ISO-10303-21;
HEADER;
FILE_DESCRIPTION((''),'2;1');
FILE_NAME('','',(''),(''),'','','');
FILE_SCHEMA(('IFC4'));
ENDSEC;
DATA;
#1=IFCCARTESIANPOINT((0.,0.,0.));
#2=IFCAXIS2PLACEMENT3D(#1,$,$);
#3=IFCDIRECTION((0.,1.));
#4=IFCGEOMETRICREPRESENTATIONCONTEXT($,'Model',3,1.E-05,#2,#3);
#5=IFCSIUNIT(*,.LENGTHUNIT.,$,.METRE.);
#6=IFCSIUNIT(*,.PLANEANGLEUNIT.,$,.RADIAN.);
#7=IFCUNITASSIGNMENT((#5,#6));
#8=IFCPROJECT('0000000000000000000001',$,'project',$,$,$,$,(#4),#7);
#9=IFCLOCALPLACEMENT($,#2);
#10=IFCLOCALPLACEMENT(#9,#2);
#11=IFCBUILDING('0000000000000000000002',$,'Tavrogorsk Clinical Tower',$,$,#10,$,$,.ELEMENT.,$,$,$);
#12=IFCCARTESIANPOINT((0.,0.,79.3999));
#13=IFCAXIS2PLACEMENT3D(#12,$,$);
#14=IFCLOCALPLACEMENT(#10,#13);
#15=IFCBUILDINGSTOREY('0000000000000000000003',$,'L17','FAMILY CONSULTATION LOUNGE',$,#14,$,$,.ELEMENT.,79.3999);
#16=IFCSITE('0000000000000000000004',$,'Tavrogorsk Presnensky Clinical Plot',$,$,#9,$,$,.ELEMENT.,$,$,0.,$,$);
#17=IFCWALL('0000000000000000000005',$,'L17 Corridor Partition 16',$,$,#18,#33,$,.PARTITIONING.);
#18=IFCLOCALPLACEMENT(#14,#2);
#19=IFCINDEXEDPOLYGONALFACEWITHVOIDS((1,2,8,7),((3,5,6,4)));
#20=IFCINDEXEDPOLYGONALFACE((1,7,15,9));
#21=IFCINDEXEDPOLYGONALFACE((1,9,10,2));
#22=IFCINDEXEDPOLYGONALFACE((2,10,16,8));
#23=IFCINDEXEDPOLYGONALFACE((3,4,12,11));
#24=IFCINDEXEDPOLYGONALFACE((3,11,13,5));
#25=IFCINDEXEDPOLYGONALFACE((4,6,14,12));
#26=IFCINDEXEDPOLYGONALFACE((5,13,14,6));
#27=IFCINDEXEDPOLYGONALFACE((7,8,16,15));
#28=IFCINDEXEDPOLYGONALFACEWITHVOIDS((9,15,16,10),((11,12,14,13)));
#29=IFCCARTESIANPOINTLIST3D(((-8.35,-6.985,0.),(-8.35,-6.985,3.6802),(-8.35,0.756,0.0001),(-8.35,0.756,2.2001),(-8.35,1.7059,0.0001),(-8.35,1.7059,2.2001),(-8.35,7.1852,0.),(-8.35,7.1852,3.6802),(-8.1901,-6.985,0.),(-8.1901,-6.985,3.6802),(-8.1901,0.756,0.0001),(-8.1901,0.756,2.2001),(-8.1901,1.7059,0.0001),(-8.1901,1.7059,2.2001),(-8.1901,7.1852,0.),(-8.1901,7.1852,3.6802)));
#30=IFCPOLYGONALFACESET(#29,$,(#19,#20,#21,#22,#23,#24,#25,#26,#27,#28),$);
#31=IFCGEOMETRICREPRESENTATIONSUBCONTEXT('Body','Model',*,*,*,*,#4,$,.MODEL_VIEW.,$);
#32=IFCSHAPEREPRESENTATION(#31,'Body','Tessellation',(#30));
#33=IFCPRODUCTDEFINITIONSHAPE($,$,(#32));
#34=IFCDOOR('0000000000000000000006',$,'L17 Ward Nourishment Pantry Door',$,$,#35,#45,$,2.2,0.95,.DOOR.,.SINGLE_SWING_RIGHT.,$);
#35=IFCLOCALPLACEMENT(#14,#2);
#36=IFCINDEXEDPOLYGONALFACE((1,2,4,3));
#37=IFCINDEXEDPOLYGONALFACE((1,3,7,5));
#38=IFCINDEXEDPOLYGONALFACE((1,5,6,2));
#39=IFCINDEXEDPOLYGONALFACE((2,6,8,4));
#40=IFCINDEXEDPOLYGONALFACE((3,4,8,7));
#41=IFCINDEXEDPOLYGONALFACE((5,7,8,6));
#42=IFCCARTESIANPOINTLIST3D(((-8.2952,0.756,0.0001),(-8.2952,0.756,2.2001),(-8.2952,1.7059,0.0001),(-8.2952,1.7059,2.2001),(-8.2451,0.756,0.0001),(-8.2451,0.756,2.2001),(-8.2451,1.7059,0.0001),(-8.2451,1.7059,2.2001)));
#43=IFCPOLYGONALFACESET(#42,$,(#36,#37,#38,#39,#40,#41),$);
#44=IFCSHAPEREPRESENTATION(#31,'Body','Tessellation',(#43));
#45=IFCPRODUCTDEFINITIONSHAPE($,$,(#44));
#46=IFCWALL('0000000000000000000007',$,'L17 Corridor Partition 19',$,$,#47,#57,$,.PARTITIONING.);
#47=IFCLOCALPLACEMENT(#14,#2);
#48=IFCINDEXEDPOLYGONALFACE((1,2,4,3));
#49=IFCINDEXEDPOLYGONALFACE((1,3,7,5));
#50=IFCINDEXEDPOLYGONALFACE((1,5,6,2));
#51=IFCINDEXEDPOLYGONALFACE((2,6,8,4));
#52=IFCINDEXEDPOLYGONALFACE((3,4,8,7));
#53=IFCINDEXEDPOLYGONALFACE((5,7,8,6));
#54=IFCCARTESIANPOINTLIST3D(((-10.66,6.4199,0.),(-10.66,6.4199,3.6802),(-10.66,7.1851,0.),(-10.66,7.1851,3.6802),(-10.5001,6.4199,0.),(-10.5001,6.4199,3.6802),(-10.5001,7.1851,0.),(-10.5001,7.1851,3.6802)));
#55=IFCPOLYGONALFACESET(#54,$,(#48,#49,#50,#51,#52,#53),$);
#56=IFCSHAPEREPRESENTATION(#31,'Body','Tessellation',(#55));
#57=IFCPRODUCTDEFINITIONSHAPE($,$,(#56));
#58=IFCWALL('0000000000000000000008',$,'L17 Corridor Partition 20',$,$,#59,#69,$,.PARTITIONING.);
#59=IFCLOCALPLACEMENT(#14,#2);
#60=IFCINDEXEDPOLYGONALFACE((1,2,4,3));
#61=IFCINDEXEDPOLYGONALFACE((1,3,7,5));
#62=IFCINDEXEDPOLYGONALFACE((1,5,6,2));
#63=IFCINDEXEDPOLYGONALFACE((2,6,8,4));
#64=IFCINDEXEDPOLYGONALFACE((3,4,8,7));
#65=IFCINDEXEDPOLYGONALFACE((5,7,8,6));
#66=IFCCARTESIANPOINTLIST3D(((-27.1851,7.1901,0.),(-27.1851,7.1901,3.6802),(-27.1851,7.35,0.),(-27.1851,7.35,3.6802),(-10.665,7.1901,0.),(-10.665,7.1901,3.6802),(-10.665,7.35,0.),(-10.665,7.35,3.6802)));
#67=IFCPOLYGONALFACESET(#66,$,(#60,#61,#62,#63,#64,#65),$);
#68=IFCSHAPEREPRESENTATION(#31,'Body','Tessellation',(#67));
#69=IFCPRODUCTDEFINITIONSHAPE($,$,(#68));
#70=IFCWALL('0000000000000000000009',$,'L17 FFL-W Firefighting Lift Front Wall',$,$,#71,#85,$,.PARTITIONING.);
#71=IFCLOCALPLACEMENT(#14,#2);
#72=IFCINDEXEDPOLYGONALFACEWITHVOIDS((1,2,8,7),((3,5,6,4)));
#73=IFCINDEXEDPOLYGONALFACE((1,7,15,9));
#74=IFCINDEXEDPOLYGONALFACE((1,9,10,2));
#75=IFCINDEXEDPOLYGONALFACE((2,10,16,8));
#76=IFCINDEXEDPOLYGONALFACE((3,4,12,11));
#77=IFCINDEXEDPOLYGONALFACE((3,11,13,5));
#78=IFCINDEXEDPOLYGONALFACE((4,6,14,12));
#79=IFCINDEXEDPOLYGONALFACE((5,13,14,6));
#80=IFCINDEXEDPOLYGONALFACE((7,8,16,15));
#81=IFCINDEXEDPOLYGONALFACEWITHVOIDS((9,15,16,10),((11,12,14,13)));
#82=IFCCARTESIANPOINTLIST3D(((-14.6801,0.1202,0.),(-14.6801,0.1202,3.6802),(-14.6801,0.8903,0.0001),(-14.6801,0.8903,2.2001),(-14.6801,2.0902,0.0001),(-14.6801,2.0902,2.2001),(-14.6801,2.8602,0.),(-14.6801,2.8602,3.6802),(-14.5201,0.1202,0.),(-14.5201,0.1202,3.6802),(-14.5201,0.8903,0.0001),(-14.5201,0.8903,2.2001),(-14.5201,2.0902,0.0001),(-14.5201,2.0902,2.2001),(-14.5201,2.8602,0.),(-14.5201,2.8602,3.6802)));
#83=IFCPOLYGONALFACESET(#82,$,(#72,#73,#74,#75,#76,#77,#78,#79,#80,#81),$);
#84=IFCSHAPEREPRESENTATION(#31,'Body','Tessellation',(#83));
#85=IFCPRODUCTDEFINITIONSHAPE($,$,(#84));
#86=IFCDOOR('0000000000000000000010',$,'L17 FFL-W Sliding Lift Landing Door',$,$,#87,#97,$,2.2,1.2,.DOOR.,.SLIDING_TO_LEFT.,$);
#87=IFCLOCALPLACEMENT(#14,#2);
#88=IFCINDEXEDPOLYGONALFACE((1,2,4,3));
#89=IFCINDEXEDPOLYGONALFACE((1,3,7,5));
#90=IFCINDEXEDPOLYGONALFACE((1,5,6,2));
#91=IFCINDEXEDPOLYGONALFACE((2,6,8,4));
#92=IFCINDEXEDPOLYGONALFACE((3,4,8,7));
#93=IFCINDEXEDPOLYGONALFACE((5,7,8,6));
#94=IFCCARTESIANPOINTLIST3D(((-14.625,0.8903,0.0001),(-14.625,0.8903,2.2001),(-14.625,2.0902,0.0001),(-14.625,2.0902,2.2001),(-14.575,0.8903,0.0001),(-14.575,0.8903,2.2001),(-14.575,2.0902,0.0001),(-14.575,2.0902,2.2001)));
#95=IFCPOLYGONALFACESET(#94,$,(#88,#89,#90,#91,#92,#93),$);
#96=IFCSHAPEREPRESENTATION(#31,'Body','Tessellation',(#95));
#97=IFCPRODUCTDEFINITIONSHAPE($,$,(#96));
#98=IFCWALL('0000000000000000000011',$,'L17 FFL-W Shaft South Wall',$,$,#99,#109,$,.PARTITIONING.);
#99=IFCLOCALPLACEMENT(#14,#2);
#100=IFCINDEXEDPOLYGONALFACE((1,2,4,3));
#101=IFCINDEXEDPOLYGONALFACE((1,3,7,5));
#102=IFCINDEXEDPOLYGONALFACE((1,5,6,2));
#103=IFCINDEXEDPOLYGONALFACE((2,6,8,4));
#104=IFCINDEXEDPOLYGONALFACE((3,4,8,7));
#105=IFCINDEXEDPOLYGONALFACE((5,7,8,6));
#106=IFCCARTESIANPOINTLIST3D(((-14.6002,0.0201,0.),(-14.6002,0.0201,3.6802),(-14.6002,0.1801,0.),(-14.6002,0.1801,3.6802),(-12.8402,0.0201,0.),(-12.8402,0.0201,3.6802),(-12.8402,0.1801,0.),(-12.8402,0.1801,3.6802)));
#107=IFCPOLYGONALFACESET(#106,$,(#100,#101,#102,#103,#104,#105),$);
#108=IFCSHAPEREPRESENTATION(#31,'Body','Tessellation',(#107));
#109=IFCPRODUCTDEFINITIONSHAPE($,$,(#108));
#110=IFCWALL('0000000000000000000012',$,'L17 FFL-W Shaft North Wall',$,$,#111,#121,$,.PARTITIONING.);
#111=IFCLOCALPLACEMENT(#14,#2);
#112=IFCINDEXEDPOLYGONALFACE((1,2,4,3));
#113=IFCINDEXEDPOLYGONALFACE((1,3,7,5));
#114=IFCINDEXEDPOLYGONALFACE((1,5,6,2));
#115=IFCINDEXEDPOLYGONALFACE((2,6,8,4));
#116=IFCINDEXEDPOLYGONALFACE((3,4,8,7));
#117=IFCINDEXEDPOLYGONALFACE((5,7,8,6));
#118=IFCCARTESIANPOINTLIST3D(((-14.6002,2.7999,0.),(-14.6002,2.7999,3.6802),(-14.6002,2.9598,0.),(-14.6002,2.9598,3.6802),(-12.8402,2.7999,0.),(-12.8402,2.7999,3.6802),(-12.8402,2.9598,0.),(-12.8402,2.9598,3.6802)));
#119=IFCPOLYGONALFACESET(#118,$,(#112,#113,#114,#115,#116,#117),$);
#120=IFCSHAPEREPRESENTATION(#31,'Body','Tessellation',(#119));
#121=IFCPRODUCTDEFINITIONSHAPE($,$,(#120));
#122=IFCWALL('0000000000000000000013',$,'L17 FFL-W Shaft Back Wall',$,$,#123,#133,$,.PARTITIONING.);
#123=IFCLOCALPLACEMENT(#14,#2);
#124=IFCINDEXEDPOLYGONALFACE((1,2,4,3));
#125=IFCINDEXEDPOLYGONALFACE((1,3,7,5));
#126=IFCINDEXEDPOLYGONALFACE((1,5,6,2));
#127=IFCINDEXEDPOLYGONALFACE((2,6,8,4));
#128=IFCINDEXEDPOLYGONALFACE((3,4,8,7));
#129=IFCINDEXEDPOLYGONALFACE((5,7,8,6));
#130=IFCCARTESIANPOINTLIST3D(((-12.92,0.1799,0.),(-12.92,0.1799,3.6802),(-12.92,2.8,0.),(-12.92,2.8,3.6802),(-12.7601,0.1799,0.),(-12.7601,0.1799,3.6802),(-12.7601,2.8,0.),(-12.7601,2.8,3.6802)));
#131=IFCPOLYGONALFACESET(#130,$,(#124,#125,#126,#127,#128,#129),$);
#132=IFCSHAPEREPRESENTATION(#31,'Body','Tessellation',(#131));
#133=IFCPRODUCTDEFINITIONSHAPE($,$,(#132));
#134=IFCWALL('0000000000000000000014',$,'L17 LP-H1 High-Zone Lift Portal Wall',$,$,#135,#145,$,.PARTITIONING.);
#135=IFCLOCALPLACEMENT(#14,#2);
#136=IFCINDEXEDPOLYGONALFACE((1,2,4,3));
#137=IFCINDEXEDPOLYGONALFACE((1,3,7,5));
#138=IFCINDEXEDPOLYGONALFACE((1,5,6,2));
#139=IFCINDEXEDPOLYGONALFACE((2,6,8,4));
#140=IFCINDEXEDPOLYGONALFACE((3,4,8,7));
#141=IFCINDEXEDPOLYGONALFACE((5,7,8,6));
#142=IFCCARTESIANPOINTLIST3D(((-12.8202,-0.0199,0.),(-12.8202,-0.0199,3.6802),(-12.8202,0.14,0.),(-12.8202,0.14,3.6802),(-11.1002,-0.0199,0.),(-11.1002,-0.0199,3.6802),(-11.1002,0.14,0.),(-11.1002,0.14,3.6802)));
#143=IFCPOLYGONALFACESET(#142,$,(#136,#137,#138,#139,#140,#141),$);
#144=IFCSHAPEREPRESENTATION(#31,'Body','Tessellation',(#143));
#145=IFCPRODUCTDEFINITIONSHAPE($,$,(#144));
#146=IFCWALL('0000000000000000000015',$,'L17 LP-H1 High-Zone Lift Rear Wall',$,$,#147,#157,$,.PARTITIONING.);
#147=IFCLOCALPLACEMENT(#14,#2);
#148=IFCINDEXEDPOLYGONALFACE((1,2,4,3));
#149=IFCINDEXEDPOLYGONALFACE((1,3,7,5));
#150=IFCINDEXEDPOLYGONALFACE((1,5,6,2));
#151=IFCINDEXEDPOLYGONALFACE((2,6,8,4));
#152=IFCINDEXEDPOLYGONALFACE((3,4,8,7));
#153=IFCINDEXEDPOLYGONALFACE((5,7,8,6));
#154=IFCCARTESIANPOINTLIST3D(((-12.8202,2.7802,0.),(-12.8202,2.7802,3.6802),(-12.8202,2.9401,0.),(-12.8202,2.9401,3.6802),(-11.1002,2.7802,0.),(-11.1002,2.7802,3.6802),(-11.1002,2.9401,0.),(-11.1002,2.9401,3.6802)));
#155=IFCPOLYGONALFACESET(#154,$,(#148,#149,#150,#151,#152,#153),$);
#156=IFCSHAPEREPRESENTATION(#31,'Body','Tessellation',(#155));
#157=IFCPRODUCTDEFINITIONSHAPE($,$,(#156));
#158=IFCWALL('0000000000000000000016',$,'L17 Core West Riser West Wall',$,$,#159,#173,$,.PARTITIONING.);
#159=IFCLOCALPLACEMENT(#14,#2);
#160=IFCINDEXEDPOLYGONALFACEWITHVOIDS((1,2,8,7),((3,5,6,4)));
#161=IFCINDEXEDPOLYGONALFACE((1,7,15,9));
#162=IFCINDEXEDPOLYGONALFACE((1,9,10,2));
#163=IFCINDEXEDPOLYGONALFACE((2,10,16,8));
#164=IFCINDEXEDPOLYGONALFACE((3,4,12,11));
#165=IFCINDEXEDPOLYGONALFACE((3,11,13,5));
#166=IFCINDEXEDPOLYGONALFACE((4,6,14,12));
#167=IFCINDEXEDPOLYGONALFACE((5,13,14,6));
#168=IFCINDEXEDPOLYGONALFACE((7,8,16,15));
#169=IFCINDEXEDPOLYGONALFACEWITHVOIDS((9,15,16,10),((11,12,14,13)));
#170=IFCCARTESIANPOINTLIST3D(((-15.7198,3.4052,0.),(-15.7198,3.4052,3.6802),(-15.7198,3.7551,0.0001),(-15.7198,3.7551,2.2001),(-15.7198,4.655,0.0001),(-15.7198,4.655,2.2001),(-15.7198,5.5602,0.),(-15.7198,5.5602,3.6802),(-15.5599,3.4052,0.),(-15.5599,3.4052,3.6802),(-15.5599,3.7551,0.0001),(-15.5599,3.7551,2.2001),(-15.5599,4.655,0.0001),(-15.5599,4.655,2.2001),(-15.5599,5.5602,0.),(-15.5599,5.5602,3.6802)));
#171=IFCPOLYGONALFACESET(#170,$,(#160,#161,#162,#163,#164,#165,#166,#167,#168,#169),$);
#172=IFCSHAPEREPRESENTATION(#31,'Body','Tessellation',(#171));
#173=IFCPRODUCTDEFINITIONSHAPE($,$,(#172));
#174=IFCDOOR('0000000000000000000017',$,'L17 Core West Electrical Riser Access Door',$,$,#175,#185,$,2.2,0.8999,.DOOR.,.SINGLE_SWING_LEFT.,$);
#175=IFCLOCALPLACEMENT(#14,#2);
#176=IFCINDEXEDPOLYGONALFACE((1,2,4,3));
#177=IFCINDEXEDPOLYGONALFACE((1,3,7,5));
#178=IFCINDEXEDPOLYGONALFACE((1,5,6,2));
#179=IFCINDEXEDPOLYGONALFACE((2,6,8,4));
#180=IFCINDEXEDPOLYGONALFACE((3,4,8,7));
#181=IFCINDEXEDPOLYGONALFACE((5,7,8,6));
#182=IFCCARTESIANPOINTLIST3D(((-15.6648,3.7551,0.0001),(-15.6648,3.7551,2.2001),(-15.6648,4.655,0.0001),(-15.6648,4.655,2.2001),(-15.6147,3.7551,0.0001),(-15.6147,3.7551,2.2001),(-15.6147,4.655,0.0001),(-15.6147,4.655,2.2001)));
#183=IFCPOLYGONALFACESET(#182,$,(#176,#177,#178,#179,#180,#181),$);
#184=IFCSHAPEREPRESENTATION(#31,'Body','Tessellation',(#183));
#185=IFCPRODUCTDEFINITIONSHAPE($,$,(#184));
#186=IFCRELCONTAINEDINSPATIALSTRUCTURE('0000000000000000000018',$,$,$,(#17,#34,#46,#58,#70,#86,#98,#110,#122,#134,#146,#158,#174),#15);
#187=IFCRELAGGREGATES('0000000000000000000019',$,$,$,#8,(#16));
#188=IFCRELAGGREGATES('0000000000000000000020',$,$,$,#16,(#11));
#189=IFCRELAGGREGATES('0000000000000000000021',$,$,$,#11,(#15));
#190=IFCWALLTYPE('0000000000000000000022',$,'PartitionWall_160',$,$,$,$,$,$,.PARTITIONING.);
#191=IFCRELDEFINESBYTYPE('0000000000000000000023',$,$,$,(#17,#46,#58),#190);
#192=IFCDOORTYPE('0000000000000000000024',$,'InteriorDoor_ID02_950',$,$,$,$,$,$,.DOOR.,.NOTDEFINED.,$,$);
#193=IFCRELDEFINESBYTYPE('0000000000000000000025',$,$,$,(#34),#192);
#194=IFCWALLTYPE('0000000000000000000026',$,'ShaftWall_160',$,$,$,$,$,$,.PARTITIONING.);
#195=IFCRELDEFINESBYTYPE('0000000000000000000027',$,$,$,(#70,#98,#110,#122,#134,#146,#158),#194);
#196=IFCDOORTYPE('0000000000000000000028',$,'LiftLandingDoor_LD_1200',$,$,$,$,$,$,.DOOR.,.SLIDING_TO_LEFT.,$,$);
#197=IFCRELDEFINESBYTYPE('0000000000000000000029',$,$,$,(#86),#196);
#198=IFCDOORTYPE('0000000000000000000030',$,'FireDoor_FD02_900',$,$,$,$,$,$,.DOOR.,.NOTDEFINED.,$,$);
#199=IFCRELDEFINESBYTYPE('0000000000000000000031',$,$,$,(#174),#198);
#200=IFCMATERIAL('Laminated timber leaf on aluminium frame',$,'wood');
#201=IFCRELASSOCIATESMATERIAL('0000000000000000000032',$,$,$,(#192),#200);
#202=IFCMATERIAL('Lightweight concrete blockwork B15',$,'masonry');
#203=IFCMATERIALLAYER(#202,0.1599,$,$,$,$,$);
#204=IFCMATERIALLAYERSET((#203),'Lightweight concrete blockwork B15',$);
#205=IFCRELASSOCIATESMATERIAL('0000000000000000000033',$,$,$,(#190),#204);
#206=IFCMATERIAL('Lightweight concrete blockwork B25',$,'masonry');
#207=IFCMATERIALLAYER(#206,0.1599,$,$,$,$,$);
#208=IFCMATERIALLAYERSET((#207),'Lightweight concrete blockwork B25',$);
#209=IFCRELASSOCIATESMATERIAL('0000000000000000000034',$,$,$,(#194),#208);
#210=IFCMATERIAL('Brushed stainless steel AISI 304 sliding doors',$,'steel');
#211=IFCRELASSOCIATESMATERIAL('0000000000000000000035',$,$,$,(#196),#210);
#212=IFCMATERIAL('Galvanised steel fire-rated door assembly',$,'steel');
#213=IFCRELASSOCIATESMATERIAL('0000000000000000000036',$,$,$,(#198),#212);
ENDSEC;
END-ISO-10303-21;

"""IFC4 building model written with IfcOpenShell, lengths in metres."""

from ifc_helpers import new_model, si_unit, direction, frame, frame_2d, origin, place, context, subcontext, project, spatial, rectangle, extrude, material, layer, layer_set, type_object, element, fill, save


model = new_model("IFC4")

# Units and contexts
model_context = context("Model", 3, precision=1e-05, world=origin(), true_north=direction((0.0, 1.0)))
body_context = subcontext(model_context, "Body", "Model", "MODEL_VIEW")
ifc_project = project(units=[si_unit("LENGTHUNIT", "METRE"), si_unit("PLANEANGLEUNIT", "RADIAN")], contexts=[model_context])

# Site, building, storey
site_placement = place(None, origin())
site = spatial("IfcSite", under=ifc_project, at=site_placement, Name="Tavrogorsk Presnensky Clinical Plot", CompositionType="ELEMENT", RefElevation=0.0)
building_placement = place(site_placement, origin())
building = spatial("IfcBuilding", under=site, at=building_placement, Name="Tavrogorsk Clinical Tower", CompositionType="ELEMENT")
storey_placement = place(building_placement, frame((0.0, 0.0, 79.3999)))
storey = spatial("IfcBuildingStorey", under=building, at=storey_placement, Name="L17", Description="FAMILY CONSULTATION LOUNGE", CompositionType="ELEMENT", Elevation=79.3999)

# Shared definitions
ifc_material_1 = material(Name="Laminated timber leaf on aluminium frame", Category="wood")
door_type_1 = type_object("IfcDoorType", Name="InteriorDoor_ID02_950", OperationType="NOTDEFINED", PredefinedType="DOOR", material=ifc_material_1)

# Wall, opening, door
ifc_material_2 = material(Name="Lightweight concrete blockwork B15", Category="masonry")
ifc_layer_1 = layer(ifc_material_2, 0.1599)
ifc_layer_set_1 = layer_set([ifc_layer_1], Name="Lightweight concrete blockwork B15")
wall_type_1 = type_object("IfcWallType", Name="PartitionWall_160", PredefinedType="PARTITIONING", material=ifc_layer_set_1)
wall_1_placement = place(storey_placement, frame((-8.27, 7.1851, 0.0), z_axis=(0.0, 0.0, 1.0), x_axis=(0.0, -1.0, 0.0)))
wall_1 = element("IfcWall", 1, at=wall_1_placement, inside=storey, type_object=wall_type_1, Name="L17 Corridor Partition 16", PredefinedType="PARTITIONING", context=body_context, shape_type="SweptSolid", body=[
    extrude(rectangle(XDim=14.1702, YDim=0.1599, at=frame_2d((7.085, 0.0))), origin(), (0.0, 0.0, 1.0), 3.6802),
])
opening_1_placement = place(wall_1_placement, frame((5.479, 0.0, 0.0)))
opening_1 = element("IfcOpeningElement", 2, at=opening_1_placement, cuts=wall_1, PredefinedType="OPENING", context=body_context, shape_type="SweptSolid", body=[
    extrude(rectangle(XDim=0.95, YDim=2.2, at=frame_2d((0.4751, 1.1001))), frame((0.0, 0.0898, 0.0), z_axis=(0.0, -1.0, 0.0), x_axis=(1.0, 0.0, 0.0)), (0.0, 0.0, 1.0), 0.1799),
])
door_1_placement = place(opening_1_placement, origin())
door_1 = element("IfcDoor", 3, at=door_1_placement, inside=storey, type_object=door_type_1, Name="L17 Ward Nourishment Pantry Door", OperationType="SINGLE_SWING_RIGHT", OverallHeight=2.2, OverallWidth=0.95, PredefinedType="DOOR", context=body_context, shape_type="SweptSolid", body=[
    extrude(rectangle(XDim=0.95, YDim=2.2, at=frame_2d((0.4751, 1.1001))), frame((0.0, 0.0249, 0.0), z_axis=(0.0, -1.0, 0.0), x_axis=(1.0, 0.0, 0.0)), (0.0, 0.0, 1.0), 0.05),
])
fill(opening_1, door_1)

# Walls
wall_2_placement = place(storey_placement, frame((-10.5801, 6.4199, 0.0), z_axis=(0.0, 0.0, 1.0), x_axis=(0.0, 1.0, 0.0)))
element("IfcWall", 4, at=wall_2_placement, inside=storey, type_object=wall_type_1, Name="L17 Corridor Partition 19", PredefinedType="PARTITIONING", context=body_context, shape_type="SweptSolid", body=[
    extrude(rectangle(XDim=0.7651, YDim=0.1599, at=frame_2d((0.3826, 0.0))), origin(), (0.0, 0.0, 1.0), 3.6802),
])
wall_3_placement = place(storey_placement, frame((-10.665, 7.27, 0.0), z_axis=(0.0, 0.0, 1.0), x_axis=(-1.0, 0.0, 0.0)))
element("IfcWall", 5, at=wall_3_placement, inside=storey, type_object=wall_type_1, Name="L17 Corridor Partition 20", PredefinedType="PARTITIONING", context=body_context, shape_type="SweptSolid", body=[
    extrude(rectangle(XDim=16.52, YDim=0.1599, at=frame_2d((8.26, 0.0))), origin(), (0.0, 0.0, 1.0), 3.6802),
])

# Wall, opening, door
ifc_material_3 = material(Name="Lightweight concrete blockwork B25", Category="masonry")
ifc_layer_2 = layer(ifc_material_3, 0.1599)
ifc_layer_set_2 = layer_set([ifc_layer_2], Name="Lightweight concrete blockwork B25")
wall_type_2 = type_object("IfcWallType", Name="ShaftWall_160", PredefinedType="PARTITIONING", material=ifc_layer_set_2)
wall_4_placement = place(storey_placement, frame((-14.6001, 0.1201, 0.0), z_axis=(0.0, 0.0, 1.0), x_axis=(0.0, 1.0, 0.0)))
wall_4 = element("IfcWall", 6, at=wall_4_placement, inside=storey, type_object=wall_type_2, Name="L17 FFL-W Firefighting Lift Front Wall", PredefinedType="PARTITIONING", context=body_context, shape_type="SweptSolid", body=[
    extrude(rectangle(XDim=2.74, YDim=0.1599, at=frame_2d((1.3701, 0.0))), origin(), (0.0, 0.0, 1.0), 3.6802),
])
opening_2_placement = place(wall_4_placement, frame((0.77, 0.0, 0.0)))
opening_2 = element("IfcOpeningElement", 7, at=opening_2_placement, cuts=wall_4, PredefinedType="OPENING", context=body_context, shape_type="SweptSolid", body=[
    extrude(rectangle(XDim=1.2, YDim=2.2, at=frame_2d((0.6001, 1.1001))), frame((0.0, 0.0898, 0.0), z_axis=(0.0, -1.0, 0.0), x_axis=(1.0, 0.0, 0.0)), (0.0, 0.0, 1.0), 0.1799),
])
ifc_material_4 = material(Name="Brushed stainless steel AISI 304 sliding doors", Category="steel")
door_type_2 = type_object("IfcDoorType", Name="LiftLandingDoor_LD_1200", OperationType="SLIDING_TO_LEFT", PredefinedType="DOOR", material=ifc_material_4)
door_2_placement = place(opening_2_placement, origin())
door_2 = element("IfcDoor", 8, at=door_2_placement, inside=storey, type_object=door_type_2, Name="L17 FFL-W Sliding Lift Landing Door", OperationType="SLIDING_TO_LEFT", OverallHeight=2.2, OverallWidth=1.2, PredefinedType="DOOR", context=body_context, shape_type="SweptSolid", body=[
    extrude(rectangle(XDim=1.2, YDim=2.2, at=frame_2d((0.6001, 1.1001))), frame((0.0, 0.0249, 0.0), z_axis=(0.0, -1.0, 0.0), x_axis=(1.0, 0.0, 0.0)), (0.0, 0.0, 1.0), 0.05),
])
fill(opening_2, door_2)

# Walls
for number, where, z_axis, x_axis, name in (
    (9, (-14.6001, 0.1001, 0.0), (0.0, 0.0, 1.0), (1.0, 0.0, 0.0), "L17 FFL-W Shaft South Wall"),
    (10, (-14.6001, 2.8799, 0.0), (0.0, 0.0, 1.0), (1.0, 0.0, 0.0), "L17 FFL-W Shaft North Wall"),
):
    element("IfcWall", number, at=place(storey_placement, frame(where, z_axis=z_axis, x_axis=x_axis)), inside=storey, type_object=wall_type_2, Name=name, PredefinedType="PARTITIONING", context=body_context, shape_type="SweptSolid", body=[
        extrude(rectangle(XDim=1.76, YDim=0.1599, at=frame_2d((0.8799, 0.0))), origin(), (0.0, 0.0, 1.0), 3.6802),
    ])
wall_5_placement = place(storey_placement, frame((-12.8401, 0.1799, 0.0), z_axis=(0.0, 0.0, 1.0), x_axis=(0.0, 1.0, 0.0)))
element("IfcWall", 11, at=wall_5_placement, inside=storey, type_object=wall_type_2, Name="L17 FFL-W Shaft Back Wall", PredefinedType="PARTITIONING", context=body_context, shape_type="SweptSolid", body=[
    extrude(rectangle(XDim=2.6201, YDim=0.1599, at=frame_2d((1.3101, 0.0))), origin(), (0.0, 0.0, 1.0), 3.6802),
])
for number, where, z_axis, x_axis, name in (
    (12, (-12.8201, 0.0601, 0.0), (0.0, 0.0, 1.0), (1.0, 0.0, 0.0), "L17 LP-H1 High-Zone Lift Portal Wall"),
    (13, (-12.8201, 2.8601, 0.0), (0.0, 0.0, 1.0), (1.0, 0.0, 0.0), "L17 LP-H1 High-Zone Lift Rear Wall"),
):
    element("IfcWall", number, at=place(storey_placement, frame(where, z_axis=z_axis, x_axis=x_axis)), inside=storey, type_object=wall_type_2, Name=name, PredefinedType="PARTITIONING", context=body_context, shape_type="SweptSolid", body=[
        extrude(rectangle(XDim=1.72, YDim=0.1599, at=frame_2d((0.8599, 0.0))), origin(), (0.0, 0.0, 1.0), 3.6802),
    ])

# Wall, opening, door
wall_6_placement = place(storey_placement, frame((-15.6399, 3.405, 0.0), z_axis=(0.0, 0.0, 1.0), x_axis=(0.0, 1.0, 0.0)))
wall_6 = element("IfcWall", 14, at=wall_6_placement, inside=storey, type_object=wall_type_2, Name="L17 Core West Riser West Wall", PredefinedType="PARTITIONING", context=body_context, shape_type="SweptSolid", body=[
    extrude(rectangle(XDim=2.155, YDim=0.1599, at=frame_2d((1.0776, 0.0))), origin(), (0.0, 0.0, 1.0), 3.6802),
])
opening_3_placement = place(wall_6_placement, frame((0.3501, 0.0, 0.0)))
opening_3 = element("IfcOpeningElement", 15, at=opening_3_placement, cuts=wall_6, PredefinedType="OPENING", context=body_context, shape_type="SweptSolid", body=[
    extrude(rectangle(XDim=0.8999, YDim=2.2, at=frame_2d((0.45, 1.1001))), frame((0.0, 0.0898, 0.0), z_axis=(0.0, -1.0, 0.0), x_axis=(1.0, 0.0, 0.0)), (0.0, 0.0, 1.0), 0.1799),
])
ifc_material_5 = material(Name="Galvanised steel fire-rated door assembly", Category="steel")
door_type_3 = type_object("IfcDoorType", Name="FireDoor_FD02_900", OperationType="NOTDEFINED", PredefinedType="DOOR", material=ifc_material_5)
door_3_placement = place(opening_3_placement, origin())
door_3 = element("IfcDoor", 16, at=door_3_placement, inside=storey, type_object=door_type_3, Name="L17 Core West Electrical Riser Access Door", OperationType="SINGLE_SWING_LEFT", OverallHeight=2.2, OverallWidth=0.8999, PredefinedType="DOOR", context=body_context, shape_type="SweptSolid", body=[
    extrude(rectangle(XDim=0.8999, YDim=2.2, at=frame_2d((0.45, 1.1001))), frame((0.0, 0.0249, 0.0), z_axis=(0.0, -1.0, 0.0), x_axis=(1.0, 0.0, 0.0)), (0.0, 0.0, 1.0), 0.05),
])
fill(opening_3, door_3)

save(model, "model.ifc")
